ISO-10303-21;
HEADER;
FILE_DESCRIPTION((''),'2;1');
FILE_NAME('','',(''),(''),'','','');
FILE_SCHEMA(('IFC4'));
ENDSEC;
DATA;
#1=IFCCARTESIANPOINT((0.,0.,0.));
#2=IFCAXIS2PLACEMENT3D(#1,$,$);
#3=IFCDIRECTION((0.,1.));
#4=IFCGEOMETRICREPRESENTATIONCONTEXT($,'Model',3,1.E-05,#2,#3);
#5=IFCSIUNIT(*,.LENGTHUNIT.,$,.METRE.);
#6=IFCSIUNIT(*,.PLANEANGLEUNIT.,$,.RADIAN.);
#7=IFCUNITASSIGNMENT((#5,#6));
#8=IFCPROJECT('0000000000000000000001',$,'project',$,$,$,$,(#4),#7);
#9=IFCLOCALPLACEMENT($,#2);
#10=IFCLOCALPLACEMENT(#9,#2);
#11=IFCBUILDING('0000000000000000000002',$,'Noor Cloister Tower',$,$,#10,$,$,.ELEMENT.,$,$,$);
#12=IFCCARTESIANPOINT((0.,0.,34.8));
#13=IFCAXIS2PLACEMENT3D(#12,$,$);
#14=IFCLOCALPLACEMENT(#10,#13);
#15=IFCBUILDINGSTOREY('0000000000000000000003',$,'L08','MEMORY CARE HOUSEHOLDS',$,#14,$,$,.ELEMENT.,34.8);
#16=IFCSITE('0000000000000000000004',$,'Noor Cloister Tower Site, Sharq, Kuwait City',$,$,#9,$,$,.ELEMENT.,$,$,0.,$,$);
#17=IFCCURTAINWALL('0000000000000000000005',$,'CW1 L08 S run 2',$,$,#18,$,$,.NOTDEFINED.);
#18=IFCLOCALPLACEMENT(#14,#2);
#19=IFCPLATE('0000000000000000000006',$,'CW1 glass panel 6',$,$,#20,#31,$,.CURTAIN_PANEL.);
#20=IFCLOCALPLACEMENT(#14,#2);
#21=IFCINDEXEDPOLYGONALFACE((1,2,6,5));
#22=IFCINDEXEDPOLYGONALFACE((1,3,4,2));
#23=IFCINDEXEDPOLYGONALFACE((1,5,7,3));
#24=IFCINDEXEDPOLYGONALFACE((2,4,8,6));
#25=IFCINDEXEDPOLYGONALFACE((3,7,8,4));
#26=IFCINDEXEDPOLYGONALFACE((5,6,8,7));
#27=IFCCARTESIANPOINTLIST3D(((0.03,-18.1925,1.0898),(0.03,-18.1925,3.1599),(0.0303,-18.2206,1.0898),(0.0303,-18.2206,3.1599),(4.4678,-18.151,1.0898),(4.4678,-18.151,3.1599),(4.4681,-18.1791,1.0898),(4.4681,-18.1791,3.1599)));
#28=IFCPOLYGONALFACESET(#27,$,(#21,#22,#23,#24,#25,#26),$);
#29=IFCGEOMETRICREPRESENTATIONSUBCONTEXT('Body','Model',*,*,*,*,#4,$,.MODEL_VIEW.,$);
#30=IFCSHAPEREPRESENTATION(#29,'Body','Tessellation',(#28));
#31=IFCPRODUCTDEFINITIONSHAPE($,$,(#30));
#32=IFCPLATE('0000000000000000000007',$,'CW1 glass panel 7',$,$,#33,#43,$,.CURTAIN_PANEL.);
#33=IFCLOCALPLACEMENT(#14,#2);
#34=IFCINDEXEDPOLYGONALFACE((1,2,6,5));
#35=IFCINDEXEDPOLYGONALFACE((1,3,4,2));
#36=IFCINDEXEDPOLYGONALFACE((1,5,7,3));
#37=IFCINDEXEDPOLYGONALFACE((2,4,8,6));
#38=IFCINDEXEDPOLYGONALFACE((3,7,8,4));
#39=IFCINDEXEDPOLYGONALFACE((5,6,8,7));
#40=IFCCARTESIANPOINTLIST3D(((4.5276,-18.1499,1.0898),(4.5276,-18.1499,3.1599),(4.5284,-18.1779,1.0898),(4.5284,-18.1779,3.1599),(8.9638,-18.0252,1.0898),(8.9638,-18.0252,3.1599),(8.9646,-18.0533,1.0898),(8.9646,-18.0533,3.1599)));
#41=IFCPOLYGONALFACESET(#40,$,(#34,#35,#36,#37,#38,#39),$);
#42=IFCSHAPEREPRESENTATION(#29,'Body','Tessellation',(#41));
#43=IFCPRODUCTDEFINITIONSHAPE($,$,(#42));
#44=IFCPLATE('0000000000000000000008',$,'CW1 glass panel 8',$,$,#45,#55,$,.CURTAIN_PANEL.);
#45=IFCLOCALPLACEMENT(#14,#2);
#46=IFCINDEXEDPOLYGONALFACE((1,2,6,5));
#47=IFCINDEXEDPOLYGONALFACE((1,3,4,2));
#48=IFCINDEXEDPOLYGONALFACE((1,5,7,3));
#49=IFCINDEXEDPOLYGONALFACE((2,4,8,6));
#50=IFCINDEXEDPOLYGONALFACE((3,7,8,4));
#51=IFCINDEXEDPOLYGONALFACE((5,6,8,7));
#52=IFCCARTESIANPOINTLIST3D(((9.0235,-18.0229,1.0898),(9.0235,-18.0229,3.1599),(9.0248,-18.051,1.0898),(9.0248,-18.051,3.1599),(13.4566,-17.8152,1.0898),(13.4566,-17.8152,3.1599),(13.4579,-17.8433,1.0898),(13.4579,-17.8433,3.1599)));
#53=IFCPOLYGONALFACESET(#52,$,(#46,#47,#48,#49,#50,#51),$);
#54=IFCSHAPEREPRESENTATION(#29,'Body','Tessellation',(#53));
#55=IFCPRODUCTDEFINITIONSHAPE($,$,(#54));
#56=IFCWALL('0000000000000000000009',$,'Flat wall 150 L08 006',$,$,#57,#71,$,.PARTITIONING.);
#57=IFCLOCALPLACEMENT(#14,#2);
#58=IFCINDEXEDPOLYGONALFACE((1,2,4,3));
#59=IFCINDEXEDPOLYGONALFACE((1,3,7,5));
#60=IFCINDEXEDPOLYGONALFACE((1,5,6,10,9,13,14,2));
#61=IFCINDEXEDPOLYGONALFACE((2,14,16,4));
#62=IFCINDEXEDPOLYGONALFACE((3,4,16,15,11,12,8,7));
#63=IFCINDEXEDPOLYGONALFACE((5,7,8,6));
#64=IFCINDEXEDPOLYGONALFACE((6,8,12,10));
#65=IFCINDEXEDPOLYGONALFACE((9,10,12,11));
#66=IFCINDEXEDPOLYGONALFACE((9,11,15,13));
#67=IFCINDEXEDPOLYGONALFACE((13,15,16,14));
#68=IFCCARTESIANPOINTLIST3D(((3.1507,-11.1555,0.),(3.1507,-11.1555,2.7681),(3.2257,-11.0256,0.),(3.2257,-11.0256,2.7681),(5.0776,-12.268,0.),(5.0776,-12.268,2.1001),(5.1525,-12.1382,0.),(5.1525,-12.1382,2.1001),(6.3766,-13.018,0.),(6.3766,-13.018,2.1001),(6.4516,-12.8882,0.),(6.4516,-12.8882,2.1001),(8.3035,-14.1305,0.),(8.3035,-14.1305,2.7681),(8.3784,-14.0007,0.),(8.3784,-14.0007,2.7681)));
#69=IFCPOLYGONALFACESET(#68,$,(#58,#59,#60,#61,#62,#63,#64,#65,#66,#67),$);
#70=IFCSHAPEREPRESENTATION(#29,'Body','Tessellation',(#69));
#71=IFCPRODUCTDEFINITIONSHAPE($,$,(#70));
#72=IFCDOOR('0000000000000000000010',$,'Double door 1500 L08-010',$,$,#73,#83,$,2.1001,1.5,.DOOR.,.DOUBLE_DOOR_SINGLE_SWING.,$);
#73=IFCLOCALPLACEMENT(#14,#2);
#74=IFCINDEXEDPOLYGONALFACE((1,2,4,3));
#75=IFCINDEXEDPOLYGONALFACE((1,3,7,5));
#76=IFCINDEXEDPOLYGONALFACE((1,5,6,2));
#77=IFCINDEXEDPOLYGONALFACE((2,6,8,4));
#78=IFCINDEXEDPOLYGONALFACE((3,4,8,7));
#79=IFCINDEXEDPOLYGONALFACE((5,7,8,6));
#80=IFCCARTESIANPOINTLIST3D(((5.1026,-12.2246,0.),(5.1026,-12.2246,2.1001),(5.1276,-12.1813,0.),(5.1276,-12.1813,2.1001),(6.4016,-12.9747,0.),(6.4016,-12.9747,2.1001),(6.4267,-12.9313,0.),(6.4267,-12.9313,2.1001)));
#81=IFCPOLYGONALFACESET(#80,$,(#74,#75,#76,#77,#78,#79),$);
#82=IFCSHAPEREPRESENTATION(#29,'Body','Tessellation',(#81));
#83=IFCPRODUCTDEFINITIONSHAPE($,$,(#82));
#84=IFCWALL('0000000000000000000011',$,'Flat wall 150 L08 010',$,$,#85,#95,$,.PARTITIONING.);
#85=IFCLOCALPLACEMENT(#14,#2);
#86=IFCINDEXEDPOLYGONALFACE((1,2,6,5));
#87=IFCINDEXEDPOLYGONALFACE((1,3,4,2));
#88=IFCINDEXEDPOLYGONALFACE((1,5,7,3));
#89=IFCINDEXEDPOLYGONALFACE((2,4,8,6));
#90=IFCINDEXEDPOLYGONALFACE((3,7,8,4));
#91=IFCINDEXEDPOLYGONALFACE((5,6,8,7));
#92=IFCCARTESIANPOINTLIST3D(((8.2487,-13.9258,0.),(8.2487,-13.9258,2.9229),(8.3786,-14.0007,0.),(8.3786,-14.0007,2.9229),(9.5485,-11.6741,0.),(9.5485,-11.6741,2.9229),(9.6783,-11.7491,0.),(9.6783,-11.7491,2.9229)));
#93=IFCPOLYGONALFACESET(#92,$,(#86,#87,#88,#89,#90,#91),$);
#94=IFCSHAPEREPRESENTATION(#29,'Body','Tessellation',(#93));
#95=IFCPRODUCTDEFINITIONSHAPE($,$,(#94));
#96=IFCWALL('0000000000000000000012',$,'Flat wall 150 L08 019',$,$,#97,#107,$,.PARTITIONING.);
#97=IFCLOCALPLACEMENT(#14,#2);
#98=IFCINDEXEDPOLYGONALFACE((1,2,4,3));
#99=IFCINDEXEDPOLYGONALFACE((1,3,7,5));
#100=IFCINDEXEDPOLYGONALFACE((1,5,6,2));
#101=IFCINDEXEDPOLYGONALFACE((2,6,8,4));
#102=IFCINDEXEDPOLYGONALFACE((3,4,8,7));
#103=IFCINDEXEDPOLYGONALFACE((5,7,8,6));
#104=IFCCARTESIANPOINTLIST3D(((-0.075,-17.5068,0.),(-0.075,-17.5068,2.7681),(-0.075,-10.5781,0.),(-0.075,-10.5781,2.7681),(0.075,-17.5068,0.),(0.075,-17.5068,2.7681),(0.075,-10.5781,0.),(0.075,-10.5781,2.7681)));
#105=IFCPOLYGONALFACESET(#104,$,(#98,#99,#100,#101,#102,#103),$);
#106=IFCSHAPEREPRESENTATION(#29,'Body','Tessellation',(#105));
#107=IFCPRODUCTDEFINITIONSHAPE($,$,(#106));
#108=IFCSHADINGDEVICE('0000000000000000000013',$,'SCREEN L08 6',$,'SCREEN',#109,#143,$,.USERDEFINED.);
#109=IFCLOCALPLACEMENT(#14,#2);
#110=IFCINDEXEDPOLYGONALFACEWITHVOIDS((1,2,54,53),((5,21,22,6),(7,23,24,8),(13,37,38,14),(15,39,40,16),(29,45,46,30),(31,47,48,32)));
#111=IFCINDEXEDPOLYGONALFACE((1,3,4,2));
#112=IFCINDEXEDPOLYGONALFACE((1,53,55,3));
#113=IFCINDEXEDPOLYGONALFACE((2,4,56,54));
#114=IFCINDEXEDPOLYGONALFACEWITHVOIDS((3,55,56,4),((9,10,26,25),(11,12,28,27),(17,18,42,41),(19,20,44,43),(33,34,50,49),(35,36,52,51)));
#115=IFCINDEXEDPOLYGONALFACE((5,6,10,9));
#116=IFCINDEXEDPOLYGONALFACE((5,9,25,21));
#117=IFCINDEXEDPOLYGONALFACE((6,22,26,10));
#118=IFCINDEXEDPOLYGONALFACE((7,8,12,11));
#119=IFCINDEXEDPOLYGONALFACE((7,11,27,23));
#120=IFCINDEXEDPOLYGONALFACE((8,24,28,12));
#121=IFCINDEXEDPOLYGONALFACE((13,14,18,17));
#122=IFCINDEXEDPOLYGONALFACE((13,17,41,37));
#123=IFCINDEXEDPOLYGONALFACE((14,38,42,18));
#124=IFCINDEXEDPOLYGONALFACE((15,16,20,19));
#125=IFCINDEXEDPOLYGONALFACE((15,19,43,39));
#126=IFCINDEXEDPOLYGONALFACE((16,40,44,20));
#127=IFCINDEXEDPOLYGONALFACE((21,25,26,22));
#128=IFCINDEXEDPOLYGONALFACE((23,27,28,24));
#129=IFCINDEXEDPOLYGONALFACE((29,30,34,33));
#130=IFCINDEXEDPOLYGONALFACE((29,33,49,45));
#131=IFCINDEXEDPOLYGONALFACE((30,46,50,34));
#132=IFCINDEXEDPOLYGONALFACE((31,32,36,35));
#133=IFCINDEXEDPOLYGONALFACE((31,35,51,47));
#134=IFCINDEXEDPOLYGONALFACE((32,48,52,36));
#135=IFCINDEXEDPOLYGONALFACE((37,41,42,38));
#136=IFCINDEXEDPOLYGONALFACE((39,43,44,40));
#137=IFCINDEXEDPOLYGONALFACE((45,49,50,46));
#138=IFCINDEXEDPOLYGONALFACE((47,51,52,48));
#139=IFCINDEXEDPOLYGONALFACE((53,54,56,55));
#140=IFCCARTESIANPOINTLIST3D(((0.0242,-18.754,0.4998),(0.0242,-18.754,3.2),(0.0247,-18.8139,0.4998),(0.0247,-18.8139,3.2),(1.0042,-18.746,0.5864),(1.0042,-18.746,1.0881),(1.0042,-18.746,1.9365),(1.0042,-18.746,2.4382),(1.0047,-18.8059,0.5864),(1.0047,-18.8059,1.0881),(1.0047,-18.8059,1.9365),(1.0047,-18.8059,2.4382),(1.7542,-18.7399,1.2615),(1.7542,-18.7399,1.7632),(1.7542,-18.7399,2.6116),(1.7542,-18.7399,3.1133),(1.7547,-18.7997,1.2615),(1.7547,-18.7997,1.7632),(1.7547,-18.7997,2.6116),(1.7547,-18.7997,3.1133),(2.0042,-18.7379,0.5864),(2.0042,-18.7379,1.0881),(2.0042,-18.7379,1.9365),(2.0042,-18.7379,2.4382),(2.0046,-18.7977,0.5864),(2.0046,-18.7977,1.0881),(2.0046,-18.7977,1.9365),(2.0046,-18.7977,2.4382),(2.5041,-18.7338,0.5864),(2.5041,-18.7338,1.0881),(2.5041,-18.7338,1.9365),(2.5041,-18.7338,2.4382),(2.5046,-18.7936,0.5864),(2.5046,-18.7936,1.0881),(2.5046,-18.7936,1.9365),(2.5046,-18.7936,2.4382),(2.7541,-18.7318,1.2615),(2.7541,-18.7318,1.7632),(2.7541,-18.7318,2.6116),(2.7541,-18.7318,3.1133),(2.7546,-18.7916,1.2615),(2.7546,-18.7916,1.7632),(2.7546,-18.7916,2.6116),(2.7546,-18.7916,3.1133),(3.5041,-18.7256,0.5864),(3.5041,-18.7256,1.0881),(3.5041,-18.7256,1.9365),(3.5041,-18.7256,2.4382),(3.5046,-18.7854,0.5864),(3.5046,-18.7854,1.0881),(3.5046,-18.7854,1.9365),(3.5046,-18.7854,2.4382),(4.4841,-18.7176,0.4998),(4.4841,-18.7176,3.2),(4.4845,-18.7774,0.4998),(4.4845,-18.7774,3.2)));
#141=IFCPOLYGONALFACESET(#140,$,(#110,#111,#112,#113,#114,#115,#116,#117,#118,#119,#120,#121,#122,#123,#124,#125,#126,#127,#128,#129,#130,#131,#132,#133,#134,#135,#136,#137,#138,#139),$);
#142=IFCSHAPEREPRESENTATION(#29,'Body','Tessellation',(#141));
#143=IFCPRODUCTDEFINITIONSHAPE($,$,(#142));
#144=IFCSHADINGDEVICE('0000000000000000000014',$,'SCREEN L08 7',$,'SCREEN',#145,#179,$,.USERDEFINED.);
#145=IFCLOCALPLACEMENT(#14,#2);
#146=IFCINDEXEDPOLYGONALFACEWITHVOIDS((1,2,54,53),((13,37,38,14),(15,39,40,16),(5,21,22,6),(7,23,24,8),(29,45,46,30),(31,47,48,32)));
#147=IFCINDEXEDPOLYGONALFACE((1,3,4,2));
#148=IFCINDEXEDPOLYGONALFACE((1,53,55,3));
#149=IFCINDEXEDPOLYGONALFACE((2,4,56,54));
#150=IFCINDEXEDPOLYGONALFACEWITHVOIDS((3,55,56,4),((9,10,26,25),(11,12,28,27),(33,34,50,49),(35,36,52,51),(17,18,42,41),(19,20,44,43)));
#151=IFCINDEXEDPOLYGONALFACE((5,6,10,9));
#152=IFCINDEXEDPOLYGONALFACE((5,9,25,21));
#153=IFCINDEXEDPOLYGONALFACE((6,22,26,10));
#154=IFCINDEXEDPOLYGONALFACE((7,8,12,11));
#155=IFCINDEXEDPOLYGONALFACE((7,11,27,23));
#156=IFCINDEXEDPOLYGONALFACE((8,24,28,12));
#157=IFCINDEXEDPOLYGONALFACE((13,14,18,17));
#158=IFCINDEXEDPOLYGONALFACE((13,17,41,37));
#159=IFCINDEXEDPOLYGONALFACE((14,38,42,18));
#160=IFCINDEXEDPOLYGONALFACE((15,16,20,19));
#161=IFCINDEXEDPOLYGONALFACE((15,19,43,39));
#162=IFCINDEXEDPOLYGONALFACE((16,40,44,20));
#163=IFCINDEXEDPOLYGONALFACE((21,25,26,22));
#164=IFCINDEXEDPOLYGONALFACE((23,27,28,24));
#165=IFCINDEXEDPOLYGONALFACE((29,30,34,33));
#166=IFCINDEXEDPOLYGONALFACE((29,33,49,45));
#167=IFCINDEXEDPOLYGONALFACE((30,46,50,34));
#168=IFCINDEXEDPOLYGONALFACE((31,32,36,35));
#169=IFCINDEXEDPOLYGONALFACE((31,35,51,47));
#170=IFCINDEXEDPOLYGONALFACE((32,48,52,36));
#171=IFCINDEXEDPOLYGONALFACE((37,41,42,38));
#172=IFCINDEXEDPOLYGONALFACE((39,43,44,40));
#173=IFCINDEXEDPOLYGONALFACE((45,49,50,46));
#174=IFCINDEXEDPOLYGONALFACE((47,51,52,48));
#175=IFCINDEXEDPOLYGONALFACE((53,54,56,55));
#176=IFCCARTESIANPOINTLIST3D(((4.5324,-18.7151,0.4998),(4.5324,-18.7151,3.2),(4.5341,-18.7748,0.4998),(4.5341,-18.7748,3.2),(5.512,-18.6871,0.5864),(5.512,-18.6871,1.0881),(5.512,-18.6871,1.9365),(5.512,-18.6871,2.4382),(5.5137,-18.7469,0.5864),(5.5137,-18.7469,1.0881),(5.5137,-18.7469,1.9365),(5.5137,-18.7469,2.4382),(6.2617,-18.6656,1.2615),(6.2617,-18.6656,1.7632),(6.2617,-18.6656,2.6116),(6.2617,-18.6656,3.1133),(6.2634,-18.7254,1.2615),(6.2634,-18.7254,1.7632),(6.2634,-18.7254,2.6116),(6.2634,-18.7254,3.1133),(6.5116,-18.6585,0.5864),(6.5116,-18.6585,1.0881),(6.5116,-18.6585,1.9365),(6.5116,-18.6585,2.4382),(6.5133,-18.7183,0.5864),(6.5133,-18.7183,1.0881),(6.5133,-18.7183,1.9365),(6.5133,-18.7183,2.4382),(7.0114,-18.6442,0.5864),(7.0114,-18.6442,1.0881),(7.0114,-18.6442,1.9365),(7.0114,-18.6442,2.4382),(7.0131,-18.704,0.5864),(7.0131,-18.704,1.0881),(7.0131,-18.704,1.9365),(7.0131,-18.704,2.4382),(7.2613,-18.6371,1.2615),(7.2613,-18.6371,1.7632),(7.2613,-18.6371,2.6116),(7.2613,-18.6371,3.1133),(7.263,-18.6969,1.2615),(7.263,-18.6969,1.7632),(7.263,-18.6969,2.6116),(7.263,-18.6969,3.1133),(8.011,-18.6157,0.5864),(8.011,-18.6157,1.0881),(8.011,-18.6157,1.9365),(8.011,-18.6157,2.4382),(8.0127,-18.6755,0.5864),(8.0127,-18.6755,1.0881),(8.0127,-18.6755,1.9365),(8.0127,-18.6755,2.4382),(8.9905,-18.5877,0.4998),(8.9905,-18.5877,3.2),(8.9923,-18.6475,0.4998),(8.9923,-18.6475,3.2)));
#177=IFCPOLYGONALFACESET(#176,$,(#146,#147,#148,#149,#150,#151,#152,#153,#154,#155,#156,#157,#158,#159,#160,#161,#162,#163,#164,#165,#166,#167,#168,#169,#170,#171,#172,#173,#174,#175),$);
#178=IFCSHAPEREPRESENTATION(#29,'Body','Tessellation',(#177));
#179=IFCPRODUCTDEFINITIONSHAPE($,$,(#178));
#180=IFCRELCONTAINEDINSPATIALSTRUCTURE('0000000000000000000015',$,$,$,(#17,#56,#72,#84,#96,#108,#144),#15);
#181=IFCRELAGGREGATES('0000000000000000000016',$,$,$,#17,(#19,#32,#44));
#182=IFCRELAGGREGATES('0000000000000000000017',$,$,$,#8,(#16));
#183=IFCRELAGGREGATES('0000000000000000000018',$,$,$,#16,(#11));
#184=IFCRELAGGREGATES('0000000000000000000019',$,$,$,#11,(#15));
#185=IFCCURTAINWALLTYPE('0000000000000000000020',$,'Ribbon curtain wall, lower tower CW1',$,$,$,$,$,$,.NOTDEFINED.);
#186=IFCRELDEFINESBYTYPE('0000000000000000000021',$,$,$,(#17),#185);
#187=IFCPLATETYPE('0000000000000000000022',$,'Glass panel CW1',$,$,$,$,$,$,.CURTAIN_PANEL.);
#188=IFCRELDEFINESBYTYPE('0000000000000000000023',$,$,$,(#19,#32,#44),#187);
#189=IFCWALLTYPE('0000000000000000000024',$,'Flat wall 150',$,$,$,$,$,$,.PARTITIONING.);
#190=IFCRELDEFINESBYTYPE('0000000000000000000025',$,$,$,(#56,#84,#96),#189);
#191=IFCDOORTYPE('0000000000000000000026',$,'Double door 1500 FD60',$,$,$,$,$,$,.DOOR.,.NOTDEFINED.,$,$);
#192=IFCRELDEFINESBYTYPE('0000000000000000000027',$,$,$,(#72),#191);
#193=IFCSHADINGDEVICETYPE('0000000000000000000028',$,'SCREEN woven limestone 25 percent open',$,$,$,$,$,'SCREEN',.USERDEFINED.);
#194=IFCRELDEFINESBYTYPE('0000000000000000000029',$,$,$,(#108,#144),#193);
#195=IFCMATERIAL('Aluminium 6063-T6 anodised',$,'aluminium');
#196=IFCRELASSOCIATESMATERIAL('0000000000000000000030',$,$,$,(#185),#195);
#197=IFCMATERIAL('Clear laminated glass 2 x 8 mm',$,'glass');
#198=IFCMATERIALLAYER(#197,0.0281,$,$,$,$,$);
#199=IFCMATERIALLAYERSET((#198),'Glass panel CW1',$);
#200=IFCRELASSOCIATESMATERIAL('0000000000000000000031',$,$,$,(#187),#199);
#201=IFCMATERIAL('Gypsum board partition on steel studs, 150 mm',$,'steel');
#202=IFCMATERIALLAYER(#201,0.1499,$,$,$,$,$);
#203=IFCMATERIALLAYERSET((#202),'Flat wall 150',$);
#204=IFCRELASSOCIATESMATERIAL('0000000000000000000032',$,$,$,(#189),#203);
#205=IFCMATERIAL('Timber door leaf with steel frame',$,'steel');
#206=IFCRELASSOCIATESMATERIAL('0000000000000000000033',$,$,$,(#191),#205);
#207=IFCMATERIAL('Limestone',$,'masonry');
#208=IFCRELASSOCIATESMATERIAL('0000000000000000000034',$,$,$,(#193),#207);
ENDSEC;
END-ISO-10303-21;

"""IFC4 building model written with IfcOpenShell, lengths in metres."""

from ifc_helpers import new_model, si_unit, direction, frame, frame_2d, origin, origin_2d, place, context, subcontext, project, spatial, polyline, rectangle, outline, extrude, material, layer, layer_set, material_profile, profile_set, type_object, element, fill, aggregate, save


model = new_model("IFC4")

# Units and contexts
model_context = context("Model", 3, precision=1e-05, world=origin(), true_north=direction((0.0, 1.0)))
body_context = subcontext(model_context, "Body", "Model", "MODEL_VIEW")
ifc_project = project(units=[si_unit("LENGTHUNIT", "METRE"), si_unit("PLANEANGLEUNIT", "RADIAN")], contexts=[model_context])

# Site, building, storey
site_placement = place(None, origin())
site = spatial("IfcSite", under=ifc_project, at=site_placement, Name="Noor Cloister Tower Site, Sharq, Kuwait City", CompositionType="ELEMENT", RefElevation=0.0)
building_placement = place(site_placement, origin())
building = spatial("IfcBuilding", under=site, at=building_placement, Name="Noor Cloister Tower", CompositionType="ELEMENT")
storey_placement = place(building_placement, frame((0.0, 0.0, 34.8)))
storey = spatial("IfcBuildingStorey", under=building, at=storey_placement, Name="L08", Description="MEMORY CARE HOUSEHOLDS", CompositionType="ELEMENT", Elevation=34.8)

# Curtain wall
ifc_material_1 = material(Name="Aluminium 6063-T6 anodised", Category="aluminium")
curtain_wall_type = type_object("IfcCurtainWallType", Name="Ribbon curtain wall, lower tower CW1", PredefinedType="NOTDEFINED", material=ifc_material_1)
curtain_wall_placement = place(storey_placement, origin())
curtain_wall = element("IfcCurtainWall", 1, at=curtain_wall_placement, inside=storey, type_object=curtain_wall_type, Name="CW1 L08 S run 2", PredefinedType="NOTDEFINED")

# Plates
ifc_material_2 = material(Name="Clear laminated glass 2 x 8 mm", Category="glass")
ifc_layer_1 = layer(ifc_material_2, 0.0281)
ifc_layer_set_1 = layer_set([ifc_layer_1], Name="Glass panel CW1")
plate_type = type_object("IfcPlateType", Name="Glass panel CW1", PredefinedType="CURTAIN_PANEL", material=ifc_layer_set_1)
plate_1_placement = place(storey_placement, frame((2.249, -18.1858, 1.0898), z_axis=(0.0, 0.0, 1.0), x_axis=(0.999956, 0.009364, 0.0)))
plate_1 = element("IfcPlate", 2, at=plate_1_placement, type_object=plate_type, Name="CW1 glass panel 6", PredefinedType="CURTAIN_PANEL", context=body_context, shape_type="SweptSolid", body=[
    extrude(rectangle(XDim=4.438, YDim=0.0281, at=origin_2d()), origin(), (0.0, 0.0, 1.0), 2.0701),
])
plate_2_placement = place(storey_placement, frame((6.7461, -18.1016, 1.0898), z_axis=(0.0, 0.0, 1.0), x_axis=(0.999605, 0.028087, 0.0)))
plate_2 = element("IfcPlate", 3, at=plate_2_placement, type_object=plate_type, Name="CW1 glass panel 7", PredefinedType="CURTAIN_PANEL", context=body_context, shape_type="SweptSolid", body=[
    extrude(rectangle(XDim=4.438, YDim=0.0281, at=origin_2d()), origin(), (0.0, 0.0, 1.0), 2.0701),
])
plate_3_placement = place(storey_placement, frame((11.2407, -17.9331, 1.0898), z_axis=(0.0, 0.0, 1.0), x_axis=(0.998904, 0.046801, 0.0)))
plate_3 = element("IfcPlate", 4, at=plate_3_placement, type_object=plate_type, Name="CW1 glass panel 8", PredefinedType="CURTAIN_PANEL", context=body_context, shape_type="SweptSolid", body=[
    extrude(rectangle(XDim=4.438, YDim=0.0281, at=origin_2d()), origin(), (0.0, 0.0, 1.0), 2.0701),
])
aggregate(curtain_wall, [plate_1, plate_2, plate_3])

# Wall, opening, door
ifc_material_3 = material(Name="Gypsum board partition on steel studs, 150 mm", Category="steel")
ifc_layer_2 = layer(ifc_material_3, 0.1499)
ifc_layer_set_2 = layer_set([ifc_layer_2], Name="Flat wall 150")
wall_type = type_object("IfcWallType", Name="Flat wall 150", PredefinedType="PARTITIONING", material=ifc_layer_set_2)
wall_1_placement = place(storey_placement, frame((8.3411, -14.0657, 0.0), z_axis=(0.0, 0.0, 1.0), x_axis=(-0.866017, 0.500014, 0.0)))
wall_1 = element("IfcWall", 5, at=wall_1_placement, inside=storey, type_object=wall_type, Name="Flat wall 150 L08 006", PredefinedType="PARTITIONING", context=body_context, shape_type="SweptSolid", body=[
    extrude(rectangle(XDim=5.95, YDim=0.1499, at=frame_2d((2.9751, 0.0))), origin(), (0.0, 0.0, 1.0), 2.7681),
])
opening_placement = place(wall_1_placement, frame((2.2251, 0.0, 0.0)))
opening = element("IfcOpeningElement", 6, at=opening_placement, cuts=wall_1, PredefinedType="OPENING", context=body_context, shape_type="SweptSolid", body=[
    extrude(rectangle(XDim=1.5, YDim=2.1001, at=frame_2d((0.75, 1.05))), frame((0.0, 0.085, 0.0), z_axis=(0.0, -1.0, 0.0), x_axis=(1.0, 0.0, 0.0)), (0.0, 0.0, 1.0), 0.1699),
])
ifc_material_4 = material(Name="Timber door leaf with steel frame", Category="steel")
door_type = type_object("IfcDoorType", Name="Double door 1500 FD60", OperationType="NOTDEFINED", PredefinedType="DOOR", material=ifc_material_4)
door_placement = place(opening_placement, origin())
door = element("IfcDoor", 7, at=door_placement, inside=storey, type_object=door_type, Name="Double door 1500 L08-010", OperationType="DOUBLE_DOOR_SINGLE_SWING", OverallHeight=2.1001, OverallWidth=1.5, PredefinedType="DOOR", context=body_context, shape_type="SweptSolid", body=[
    extrude(rectangle(XDim=1.5, YDim=2.1001, at=frame_2d((0.75, 1.05))), frame((0.0, 0.0249, 0.0), z_axis=(0.0, -1.0, 0.0), x_axis=(1.0, 0.0, 0.0)), (0.0, 0.0, 1.0), 0.05),
])
fill(opening, door)

# Walls
wall_2_placement = place(storey_placement, frame((8.3137, -13.9631, 0.0), z_axis=(0.0, 0.0, 1.0), x_axis=(0.499937, 0.866062, 0.0)))
element("IfcWall", 8, at=wall_2_placement, inside=storey, type_object=wall_type, Name="Flat wall 150 L08 010", PredefinedType="PARTITIONING", context=body_context, shape_type="SweptSolid", body=[
    extrude(rectangle(XDim=2.5999, YDim=0.1499, at=frame_2d((1.2998, 0.0))), origin(), (0.0, 0.0, 1.0), 2.9229),
])
wall_3_placement = place(storey_placement, frame((0.0, -17.5068, 0.0), z_axis=(0.0, 0.0, 1.0), x_axis=(0.0, 1.0, 0.0)))
element("IfcWall", 9, at=wall_3_placement, inside=storey, type_object=wall_type, Name="Flat wall 150 L08 019", PredefinedType="PARTITIONING", context=body_context, shape_type="SweptSolid", body=[
    extrude(rectangle(XDim=6.9287, YDim=0.1499, at=frame_2d((3.4644, 0.0))), origin(), (0.0, 0.0, 1.0), 2.7681),
])

# Shading devices
ifc_material_5 = material(Name="Limestone", Category="masonry")
ifc_material_profile_1 = material_profile(ifc_material_5, outline(polyline([(-2.23, -1.3501), (2.23, -1.3501), (2.23, 1.3501), (-2.23, 1.3501), (-2.23, -1.3501)]), holes=[polyline([(-1.25, -1.2634), (-0.25, -1.2634), (-0.25, -0.7617), (-1.25, -0.7617), (-1.25, -1.2634)]), polyline([(0.25, -1.2634), (1.25, -1.2634), (1.25, -0.7617), (0.25, -0.7617), (0.25, -1.2634)]), polyline([(-0.5, -0.5884), (0.5, -0.5884), (0.5, -0.0867), (-0.5, -0.0867), (-0.5, -0.5884)]), polyline([(-1.25, 0.0867), (-0.25, 0.0867), (-0.25, 0.5884), (-1.25, 0.5884), (-1.25, 0.0867)]), polyline([(0.25, 0.0867), (1.25, 0.0867), (1.25, 0.5884), (0.25, 0.5884), (0.25, 0.0867)]), polyline([(-0.5, 0.7617), (0.5, 0.7617), (0.5, 1.2634), (-0.5, 1.2634), (-0.5, 0.7617)])]), Name="Woven screen 25 percent open")
ifc_profile_set_1 = profile_set([ifc_material_profile_1], Name="Limestone")
shading_device_type = type_object("IfcShadingDeviceType", Name="SCREEN woven limestone 25 percent open", ElementType="SCREEN", PredefinedType="USERDEFINED", material=ifc_profile_set_1)
for number, where, z_axis, x_axis, name in (
    (10, (2.2542, -18.7358, 1.8499), (0.008163, -0.999967, 0.0), (0.999967, 0.008163, 0.0), "SCREEN L08 6"),
    (11, (6.7615, -18.6514, 1.8499), (0.02856, -0.999592, 0.0), (0.999592, 0.02856, 0.0), "SCREEN L08 7"),
):
    element("IfcShadingDevice", number, at=place(storey_placement, frame(where, z_axis=z_axis, x_axis=x_axis)), inside=storey, type_object=shading_device_type, Name=name, ObjectType="SCREEN", PredefinedType="USERDEFINED", context=body_context, shape_type="SweptSolid", body=[
        extrude(outline(polyline([(-2.23, -1.3501), (2.23, -1.3501), (2.23, 1.3501), (-2.23, 1.3501), (-2.23, -1.3501)]), holes=[polyline([(-1.25, -1.2634), (-0.25, -1.2634), (-0.25, -0.7617), (-1.25, -0.7617), (-1.25, -1.2634)]), polyline([(0.25, -1.2634), (1.25, -1.2634), (1.25, -0.7617), (0.25, -0.7617), (0.25, -1.2634)]), polyline([(-0.5, -0.5884), (0.5, -0.5884), (0.5, -0.0867), (-0.5, -0.0867), (-0.5, -0.5884)]), polyline([(-1.25, 0.0867), (-0.25, 0.0867), (-0.25, 0.5884), (-1.25, 0.5884), (-1.25, 0.0867)]), polyline([(0.25, 0.0867), (1.25, 0.0867), (1.25, 0.5884), (0.25, 0.5884), (0.25, 0.0867)]), polyline([(-0.5, 0.7617), (0.5, 0.7617), (0.5, 1.2634), (-0.5, 1.2634), (-0.5, 0.7617)])]), origin(), (0.0, 0.0, 1.0), 0.0598),
    ])

save(model, "model.ifc")
